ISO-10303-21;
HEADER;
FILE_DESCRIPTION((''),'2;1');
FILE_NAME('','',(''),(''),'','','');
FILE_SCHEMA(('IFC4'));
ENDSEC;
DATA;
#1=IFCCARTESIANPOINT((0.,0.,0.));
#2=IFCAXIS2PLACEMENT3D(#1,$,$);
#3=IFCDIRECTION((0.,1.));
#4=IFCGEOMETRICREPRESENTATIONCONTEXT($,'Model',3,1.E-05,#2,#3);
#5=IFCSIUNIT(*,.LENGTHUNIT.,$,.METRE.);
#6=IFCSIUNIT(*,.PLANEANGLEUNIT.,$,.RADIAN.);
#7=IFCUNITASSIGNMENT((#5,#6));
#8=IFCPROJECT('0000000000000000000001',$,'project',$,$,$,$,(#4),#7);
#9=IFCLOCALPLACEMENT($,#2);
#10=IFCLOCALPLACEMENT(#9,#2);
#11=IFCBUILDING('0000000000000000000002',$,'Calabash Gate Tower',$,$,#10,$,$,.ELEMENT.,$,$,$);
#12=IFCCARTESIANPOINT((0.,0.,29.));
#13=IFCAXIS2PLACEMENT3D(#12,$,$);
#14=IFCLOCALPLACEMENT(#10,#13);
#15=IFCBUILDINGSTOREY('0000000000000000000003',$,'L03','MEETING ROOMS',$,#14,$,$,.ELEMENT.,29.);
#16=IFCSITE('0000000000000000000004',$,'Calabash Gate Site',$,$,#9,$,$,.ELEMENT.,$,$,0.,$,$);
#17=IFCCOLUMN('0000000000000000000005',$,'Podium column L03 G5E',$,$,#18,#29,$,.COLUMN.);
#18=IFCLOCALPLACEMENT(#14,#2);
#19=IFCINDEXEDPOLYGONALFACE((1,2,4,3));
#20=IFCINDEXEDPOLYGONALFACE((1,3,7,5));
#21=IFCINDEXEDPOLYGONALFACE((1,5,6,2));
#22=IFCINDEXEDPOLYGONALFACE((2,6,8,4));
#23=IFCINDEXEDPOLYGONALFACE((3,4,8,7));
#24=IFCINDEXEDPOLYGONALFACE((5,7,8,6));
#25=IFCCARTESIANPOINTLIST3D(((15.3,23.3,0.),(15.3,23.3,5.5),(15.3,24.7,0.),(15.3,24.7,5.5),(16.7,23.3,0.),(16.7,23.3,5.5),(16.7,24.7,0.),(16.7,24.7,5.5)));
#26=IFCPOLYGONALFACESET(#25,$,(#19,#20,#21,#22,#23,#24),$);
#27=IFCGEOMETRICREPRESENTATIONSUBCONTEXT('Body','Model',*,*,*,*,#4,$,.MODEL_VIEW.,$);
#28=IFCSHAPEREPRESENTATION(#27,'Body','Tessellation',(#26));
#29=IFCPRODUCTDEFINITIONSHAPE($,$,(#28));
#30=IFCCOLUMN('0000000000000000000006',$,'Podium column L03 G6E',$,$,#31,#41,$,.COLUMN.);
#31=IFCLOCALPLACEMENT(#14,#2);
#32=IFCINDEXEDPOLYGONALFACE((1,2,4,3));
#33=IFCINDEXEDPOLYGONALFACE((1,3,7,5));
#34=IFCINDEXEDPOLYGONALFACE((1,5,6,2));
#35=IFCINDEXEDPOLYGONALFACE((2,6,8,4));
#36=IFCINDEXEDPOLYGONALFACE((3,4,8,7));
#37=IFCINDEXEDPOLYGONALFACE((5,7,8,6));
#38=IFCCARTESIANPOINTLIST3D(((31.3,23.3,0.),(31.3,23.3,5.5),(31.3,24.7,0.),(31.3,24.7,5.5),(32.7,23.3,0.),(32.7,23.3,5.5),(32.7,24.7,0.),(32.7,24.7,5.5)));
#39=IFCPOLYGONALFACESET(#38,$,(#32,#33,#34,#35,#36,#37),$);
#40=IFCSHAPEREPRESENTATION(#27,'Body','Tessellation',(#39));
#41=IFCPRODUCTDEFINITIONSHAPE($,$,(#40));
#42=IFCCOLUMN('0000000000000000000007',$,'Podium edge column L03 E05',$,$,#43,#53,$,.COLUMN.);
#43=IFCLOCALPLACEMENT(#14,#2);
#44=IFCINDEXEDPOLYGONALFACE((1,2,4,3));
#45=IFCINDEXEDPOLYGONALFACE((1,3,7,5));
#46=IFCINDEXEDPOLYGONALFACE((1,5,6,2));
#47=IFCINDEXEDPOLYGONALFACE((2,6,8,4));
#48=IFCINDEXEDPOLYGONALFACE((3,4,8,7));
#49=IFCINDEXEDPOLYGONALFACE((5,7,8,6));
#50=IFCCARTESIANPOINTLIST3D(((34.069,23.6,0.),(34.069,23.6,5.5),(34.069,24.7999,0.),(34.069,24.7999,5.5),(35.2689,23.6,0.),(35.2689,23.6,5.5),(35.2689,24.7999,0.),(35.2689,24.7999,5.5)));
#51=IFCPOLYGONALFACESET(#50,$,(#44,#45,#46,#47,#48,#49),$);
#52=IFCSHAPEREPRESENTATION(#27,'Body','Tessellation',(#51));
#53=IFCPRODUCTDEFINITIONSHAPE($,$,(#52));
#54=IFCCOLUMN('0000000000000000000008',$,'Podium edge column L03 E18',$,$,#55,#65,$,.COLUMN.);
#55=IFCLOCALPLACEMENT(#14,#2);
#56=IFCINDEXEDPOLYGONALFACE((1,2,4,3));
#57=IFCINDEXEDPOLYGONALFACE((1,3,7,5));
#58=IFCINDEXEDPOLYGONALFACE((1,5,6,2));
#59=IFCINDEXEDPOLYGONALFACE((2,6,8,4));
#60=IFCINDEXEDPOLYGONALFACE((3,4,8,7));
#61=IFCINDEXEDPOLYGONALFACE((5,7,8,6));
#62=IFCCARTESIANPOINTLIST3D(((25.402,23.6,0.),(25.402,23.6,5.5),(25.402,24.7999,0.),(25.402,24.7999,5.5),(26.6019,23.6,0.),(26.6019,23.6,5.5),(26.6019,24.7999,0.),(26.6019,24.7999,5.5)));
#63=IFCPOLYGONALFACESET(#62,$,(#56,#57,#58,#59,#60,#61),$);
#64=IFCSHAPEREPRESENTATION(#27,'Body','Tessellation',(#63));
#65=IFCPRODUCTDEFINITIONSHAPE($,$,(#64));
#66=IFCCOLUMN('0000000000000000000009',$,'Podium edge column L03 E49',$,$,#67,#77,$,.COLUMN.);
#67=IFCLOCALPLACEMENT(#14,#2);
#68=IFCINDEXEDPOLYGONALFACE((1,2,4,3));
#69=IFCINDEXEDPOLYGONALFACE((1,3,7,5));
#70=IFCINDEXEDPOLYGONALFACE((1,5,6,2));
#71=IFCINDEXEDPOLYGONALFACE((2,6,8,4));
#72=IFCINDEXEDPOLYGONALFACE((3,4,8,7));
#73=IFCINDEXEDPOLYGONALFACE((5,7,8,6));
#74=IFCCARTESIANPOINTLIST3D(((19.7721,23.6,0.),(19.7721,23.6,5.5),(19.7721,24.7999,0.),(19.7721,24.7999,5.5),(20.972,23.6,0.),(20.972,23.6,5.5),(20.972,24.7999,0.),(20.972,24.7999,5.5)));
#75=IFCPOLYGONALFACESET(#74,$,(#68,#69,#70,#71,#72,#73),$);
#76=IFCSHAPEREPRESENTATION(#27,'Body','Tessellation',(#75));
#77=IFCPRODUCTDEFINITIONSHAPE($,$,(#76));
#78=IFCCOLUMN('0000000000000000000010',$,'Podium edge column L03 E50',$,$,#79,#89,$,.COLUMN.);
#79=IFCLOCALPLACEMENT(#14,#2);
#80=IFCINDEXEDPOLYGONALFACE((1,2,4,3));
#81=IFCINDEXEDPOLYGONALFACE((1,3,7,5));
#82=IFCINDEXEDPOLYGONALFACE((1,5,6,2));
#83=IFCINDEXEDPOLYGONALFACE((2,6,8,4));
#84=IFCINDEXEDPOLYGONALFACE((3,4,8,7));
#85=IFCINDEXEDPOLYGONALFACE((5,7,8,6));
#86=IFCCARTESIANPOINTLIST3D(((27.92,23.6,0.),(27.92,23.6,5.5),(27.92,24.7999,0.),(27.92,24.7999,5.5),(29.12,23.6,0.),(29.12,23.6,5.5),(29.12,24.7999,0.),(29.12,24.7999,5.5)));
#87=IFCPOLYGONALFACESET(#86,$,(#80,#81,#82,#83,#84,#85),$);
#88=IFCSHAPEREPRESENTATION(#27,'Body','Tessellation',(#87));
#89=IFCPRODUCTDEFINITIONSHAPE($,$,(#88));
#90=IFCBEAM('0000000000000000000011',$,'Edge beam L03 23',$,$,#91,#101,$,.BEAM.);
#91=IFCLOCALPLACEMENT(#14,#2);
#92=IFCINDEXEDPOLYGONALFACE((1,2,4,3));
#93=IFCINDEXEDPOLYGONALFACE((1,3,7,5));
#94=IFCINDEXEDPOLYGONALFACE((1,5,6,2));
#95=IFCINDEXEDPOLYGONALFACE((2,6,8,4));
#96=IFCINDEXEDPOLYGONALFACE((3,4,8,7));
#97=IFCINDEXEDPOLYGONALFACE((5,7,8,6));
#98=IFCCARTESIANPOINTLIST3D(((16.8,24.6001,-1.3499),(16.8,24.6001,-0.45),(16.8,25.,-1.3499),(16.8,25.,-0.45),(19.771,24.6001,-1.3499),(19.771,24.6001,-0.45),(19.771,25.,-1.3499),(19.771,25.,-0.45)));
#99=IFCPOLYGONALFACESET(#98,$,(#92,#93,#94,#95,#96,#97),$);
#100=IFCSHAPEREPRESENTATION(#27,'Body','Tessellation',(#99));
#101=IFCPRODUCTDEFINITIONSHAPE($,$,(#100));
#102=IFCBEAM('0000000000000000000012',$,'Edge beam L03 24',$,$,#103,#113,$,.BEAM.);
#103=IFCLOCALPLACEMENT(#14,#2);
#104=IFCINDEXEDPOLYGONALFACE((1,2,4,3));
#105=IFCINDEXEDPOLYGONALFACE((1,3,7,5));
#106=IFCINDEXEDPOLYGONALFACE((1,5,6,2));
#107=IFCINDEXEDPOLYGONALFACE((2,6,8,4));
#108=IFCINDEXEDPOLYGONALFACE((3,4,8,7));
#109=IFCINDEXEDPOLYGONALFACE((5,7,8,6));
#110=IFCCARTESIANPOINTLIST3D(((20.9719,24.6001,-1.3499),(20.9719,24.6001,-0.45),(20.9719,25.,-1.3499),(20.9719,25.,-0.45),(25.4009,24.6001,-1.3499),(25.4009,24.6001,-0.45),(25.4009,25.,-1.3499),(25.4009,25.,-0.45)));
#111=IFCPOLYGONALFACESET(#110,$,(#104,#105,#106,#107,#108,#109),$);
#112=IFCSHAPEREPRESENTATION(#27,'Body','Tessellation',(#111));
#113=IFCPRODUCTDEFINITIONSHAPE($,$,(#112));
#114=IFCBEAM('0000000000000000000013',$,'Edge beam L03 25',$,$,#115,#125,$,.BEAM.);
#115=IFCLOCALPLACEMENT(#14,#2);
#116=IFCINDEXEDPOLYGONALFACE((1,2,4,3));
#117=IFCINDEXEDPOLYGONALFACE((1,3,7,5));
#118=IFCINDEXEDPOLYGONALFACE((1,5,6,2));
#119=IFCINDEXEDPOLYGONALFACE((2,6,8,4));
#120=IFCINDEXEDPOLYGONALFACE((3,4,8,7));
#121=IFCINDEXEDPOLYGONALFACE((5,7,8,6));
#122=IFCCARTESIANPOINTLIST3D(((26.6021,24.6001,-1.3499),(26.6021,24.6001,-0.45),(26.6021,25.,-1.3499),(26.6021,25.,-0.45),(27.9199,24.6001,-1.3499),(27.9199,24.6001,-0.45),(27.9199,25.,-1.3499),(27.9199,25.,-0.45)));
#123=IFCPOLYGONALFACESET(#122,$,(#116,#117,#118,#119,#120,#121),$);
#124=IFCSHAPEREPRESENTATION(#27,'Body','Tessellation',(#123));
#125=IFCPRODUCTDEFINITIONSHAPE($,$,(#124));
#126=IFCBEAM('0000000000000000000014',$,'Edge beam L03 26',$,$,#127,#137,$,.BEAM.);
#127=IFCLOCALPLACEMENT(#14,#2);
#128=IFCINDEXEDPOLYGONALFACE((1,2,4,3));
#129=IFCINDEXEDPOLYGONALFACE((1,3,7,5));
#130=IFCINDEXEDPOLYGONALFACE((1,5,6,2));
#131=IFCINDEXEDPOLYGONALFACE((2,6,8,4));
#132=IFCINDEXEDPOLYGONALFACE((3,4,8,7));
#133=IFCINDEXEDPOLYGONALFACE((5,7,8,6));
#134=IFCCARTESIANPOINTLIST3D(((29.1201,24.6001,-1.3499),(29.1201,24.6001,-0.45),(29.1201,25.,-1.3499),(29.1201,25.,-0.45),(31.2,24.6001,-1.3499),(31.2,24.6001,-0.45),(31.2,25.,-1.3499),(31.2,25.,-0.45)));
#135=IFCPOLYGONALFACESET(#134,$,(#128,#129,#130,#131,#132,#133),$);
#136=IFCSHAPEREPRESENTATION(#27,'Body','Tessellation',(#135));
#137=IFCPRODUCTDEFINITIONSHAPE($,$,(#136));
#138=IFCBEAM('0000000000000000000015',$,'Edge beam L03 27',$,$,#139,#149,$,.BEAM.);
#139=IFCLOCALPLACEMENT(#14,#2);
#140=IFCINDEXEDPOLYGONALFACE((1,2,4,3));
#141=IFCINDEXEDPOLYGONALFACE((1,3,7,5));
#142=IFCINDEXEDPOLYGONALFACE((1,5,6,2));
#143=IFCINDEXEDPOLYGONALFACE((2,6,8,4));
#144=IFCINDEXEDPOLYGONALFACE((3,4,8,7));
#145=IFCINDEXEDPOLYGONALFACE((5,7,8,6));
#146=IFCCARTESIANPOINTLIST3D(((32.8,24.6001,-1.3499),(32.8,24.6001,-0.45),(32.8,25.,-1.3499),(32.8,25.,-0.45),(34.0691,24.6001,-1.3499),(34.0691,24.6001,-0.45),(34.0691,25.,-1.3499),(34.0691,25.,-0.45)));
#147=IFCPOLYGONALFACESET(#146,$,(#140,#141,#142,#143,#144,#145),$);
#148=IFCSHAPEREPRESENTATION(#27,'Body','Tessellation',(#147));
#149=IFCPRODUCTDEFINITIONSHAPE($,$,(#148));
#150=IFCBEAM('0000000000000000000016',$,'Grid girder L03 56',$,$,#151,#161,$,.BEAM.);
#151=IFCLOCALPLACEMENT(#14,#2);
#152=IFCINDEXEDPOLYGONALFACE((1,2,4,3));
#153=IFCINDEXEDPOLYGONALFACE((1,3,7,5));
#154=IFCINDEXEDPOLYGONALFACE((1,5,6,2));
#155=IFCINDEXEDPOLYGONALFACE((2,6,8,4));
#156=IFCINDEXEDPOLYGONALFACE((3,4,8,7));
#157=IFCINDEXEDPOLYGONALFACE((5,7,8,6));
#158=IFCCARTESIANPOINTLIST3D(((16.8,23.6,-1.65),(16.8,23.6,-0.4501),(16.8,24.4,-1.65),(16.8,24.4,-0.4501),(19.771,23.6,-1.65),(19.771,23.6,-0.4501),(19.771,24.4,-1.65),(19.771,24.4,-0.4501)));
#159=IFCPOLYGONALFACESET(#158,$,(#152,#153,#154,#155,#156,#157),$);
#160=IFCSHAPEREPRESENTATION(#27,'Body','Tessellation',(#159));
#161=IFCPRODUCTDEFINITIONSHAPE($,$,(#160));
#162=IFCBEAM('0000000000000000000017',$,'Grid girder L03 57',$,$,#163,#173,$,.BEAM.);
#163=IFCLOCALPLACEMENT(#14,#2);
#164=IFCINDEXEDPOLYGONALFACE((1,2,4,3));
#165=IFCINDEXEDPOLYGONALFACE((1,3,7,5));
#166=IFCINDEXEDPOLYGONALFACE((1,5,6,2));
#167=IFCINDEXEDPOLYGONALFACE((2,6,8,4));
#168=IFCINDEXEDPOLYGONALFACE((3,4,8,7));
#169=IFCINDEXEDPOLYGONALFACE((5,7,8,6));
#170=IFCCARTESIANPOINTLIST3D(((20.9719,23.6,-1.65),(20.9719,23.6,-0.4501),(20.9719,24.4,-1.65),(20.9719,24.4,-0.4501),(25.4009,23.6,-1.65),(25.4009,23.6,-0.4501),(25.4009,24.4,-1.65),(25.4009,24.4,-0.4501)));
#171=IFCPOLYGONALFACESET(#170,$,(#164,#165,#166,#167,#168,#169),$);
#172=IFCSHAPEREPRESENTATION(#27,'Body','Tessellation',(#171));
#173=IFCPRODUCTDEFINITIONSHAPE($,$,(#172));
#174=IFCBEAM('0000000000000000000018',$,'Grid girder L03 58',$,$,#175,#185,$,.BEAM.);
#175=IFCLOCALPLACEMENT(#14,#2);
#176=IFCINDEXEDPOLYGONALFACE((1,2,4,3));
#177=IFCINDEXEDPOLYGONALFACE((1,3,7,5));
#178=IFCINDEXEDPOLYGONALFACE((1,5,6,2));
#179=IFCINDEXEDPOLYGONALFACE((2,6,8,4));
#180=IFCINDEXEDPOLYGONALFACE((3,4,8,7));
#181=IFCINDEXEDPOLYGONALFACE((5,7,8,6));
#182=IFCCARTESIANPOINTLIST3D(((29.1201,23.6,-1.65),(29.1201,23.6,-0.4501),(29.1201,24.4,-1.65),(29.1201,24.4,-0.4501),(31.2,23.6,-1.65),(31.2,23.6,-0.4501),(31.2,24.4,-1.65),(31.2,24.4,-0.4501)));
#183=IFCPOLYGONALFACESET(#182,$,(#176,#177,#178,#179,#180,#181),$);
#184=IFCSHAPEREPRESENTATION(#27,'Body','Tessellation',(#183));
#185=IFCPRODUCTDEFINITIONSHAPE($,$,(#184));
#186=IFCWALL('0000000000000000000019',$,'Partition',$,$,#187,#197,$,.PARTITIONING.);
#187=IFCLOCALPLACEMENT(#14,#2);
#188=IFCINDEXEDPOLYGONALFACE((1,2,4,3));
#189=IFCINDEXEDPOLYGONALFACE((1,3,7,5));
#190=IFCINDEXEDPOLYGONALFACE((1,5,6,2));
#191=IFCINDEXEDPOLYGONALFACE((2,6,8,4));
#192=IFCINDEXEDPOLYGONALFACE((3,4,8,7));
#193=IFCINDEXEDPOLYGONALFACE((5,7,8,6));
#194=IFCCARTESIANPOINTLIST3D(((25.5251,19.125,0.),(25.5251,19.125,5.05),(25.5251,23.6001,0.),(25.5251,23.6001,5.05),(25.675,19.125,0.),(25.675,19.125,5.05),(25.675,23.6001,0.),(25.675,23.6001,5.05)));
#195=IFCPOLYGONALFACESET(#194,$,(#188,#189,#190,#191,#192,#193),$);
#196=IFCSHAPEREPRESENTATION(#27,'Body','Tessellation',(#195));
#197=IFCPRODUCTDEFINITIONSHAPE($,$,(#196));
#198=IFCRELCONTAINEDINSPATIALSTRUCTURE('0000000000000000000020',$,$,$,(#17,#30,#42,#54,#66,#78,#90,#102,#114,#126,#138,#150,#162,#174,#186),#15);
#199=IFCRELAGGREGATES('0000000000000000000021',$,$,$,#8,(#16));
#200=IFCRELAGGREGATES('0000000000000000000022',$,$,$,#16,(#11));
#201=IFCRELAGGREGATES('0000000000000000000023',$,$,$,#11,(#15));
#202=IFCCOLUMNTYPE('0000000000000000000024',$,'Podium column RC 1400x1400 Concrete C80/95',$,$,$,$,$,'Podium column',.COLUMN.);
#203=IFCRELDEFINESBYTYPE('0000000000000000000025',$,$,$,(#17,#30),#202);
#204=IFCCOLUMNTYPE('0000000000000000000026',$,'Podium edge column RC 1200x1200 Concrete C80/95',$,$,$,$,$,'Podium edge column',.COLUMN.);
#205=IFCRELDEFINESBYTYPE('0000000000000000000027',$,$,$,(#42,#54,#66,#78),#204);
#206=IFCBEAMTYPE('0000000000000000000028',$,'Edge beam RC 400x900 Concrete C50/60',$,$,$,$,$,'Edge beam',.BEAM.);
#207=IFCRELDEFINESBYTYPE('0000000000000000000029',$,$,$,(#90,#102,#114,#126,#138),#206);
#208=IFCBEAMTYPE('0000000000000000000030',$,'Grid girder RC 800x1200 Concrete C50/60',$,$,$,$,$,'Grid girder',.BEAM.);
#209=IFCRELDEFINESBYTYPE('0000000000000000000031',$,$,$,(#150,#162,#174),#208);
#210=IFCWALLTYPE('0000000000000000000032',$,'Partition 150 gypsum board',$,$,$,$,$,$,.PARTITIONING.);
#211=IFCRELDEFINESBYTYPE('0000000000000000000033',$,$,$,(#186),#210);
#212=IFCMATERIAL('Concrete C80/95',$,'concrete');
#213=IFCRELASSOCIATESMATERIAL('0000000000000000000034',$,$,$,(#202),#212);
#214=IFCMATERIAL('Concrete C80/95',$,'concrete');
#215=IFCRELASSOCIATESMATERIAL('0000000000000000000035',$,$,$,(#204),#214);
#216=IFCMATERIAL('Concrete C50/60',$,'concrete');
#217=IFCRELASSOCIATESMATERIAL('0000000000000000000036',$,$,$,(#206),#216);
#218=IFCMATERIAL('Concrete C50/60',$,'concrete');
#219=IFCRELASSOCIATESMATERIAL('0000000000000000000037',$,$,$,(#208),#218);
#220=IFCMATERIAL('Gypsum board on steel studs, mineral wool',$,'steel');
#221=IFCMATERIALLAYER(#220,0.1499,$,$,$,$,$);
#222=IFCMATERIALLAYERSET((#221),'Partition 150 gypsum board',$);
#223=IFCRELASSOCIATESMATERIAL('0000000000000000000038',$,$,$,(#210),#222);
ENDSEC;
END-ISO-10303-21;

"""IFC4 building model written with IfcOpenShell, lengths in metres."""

from ifc_helpers import new_model, si_unit, direction, frame, frame_2d, origin, origin_2d, place, context, subcontext, project, spatial, rectangle, extrude, material, layer, layer_set, material_profile, profile_set, type_object, element, save


model = new_model("IFC4")

# Units and contexts
model_context = context("Model", 3, precision=1e-05, world=origin(), true_north=direction((0.0, 1.0)))
body_context = subcontext(model_context, "Body", "Model", "MODEL_VIEW")
ifc_project = project(units=[si_unit("LENGTHUNIT", "METRE"), si_unit("PLANEANGLEUNIT", "RADIAN")], contexts=[model_context])

# Site, building, storey
site_placement = place(None, origin())
site = spatial("IfcSite", under=ifc_project, at=site_placement, Name="Calabash Gate Site", CompositionType="ELEMENT", RefElevation=0.0)
building_placement = place(site_placement, origin())
building = spatial("IfcBuilding", under=site, at=building_placement, Name="Calabash Gate Tower", CompositionType="ELEMENT")
storey_placement = place(building_placement, frame((0.0, 0.0, 29.0)))
storey = spatial("IfcBuildingStorey", under=building, at=storey_placement, Name="L03", Description="MEETING ROOMS", CompositionType="ELEMENT", Elevation=29.0)

# Columns
ifc_material_1 = material(Name="Concrete C80/95", Category="concrete")
ifc_material_profile_1 = material_profile(ifc_material_1, rectangle(XDim=1.3999, YDim=1.3999, at=origin_2d()))
ifc_profile_set_1 = profile_set([ifc_material_profile_1], Name="Concrete C80/95")
column_type_1 = type_object("IfcColumnType", Name="Podium column RC 1400x1400 Concrete C80/95", ElementType="Podium column", PredefinedType="COLUMN", material=ifc_profile_set_1)
for number, where, z_axis, x_axis, name in (
    (1, (16.0, 24.0, 0.0), (0.0, 0.0, 1.0), (1.0, 0.0, 0.0), "Podium column L03 G5E"),
    (2, (32.0, 24.0, 0.0), (0.0, 0.0, 1.0), (1.0, 0.0, 0.0), "Podium column L03 G6E"),
):
    element("IfcColumn", number, at=place(storey_placement, frame(where, z_axis=z_axis, x_axis=x_axis)), inside=storey, type_object=column_type_1, Name=name, PredefinedType="COLUMN", context=body_context, shape_type="SweptSolid", body=[
        extrude(rectangle(XDim=1.3999, YDim=1.3999, at=origin_2d()), origin(), (0.0, 0.0, 1.0), 5.5),
    ])
ifc_material_2 = material(Name="Concrete C80/95", Category="concrete")
ifc_material_profile_2 = material_profile(ifc_material_2, rectangle(XDim=1.2, YDim=1.2, at=origin_2d()))
ifc_profile_set_2 = profile_set([ifc_material_profile_2], Name="Concrete C80/95")
column_type_2 = type_object("IfcColumnType", Name="Podium edge column RC 1200x1200 Concrete C80/95", ElementType="Podium edge column", PredefinedType="COLUMN", material=ifc_profile_set_2)
for number, where, z_axis, x_axis, name in (
    (3, (34.6689, 24.2, 0.0), (0.0, 0.0, 1.0), (1.0, 0.0, 0.0), "Podium edge column L03 E05"),
    (4, (26.002, 24.2, 0.0), (0.0, 0.0, 1.0), (1.0, 0.0, 0.0), "Podium edge column L03 E18"),
    (5, (20.3721, 24.2, 0.0), (0.0, 0.0, 1.0), (1.0, 0.0, 0.0), "Podium edge column L03 E49"),
    (6, (28.52, 24.2, 0.0), (0.0, 0.0, 1.0), (1.0, 0.0, 0.0), "Podium edge column L03 E50"),
):
    element("IfcColumn", number, at=place(storey_placement, frame(where, z_axis=z_axis, x_axis=x_axis)), inside=storey, type_object=column_type_2, Name=name, PredefinedType="COLUMN", context=body_context, shape_type="SweptSolid", body=[
        extrude(rectangle(XDim=1.2, YDim=1.2, at=origin_2d()), origin(), (0.0, 0.0, 1.0), 5.5),
    ])

# Beams
ifc_material_3 = material(Name="Concrete C50/60", Category="concrete")
ifc_material_profile_3 = material_profile(ifc_material_3, rectangle(XDim=0.3999, YDim=0.8999, at=origin_2d()))
ifc_profile_set_3 = profile_set([ifc_material_profile_3], Name="Concrete C50/60")
beam_type_1 = type_object("IfcBeamType", Name="Edge beam RC 400x900 Concrete C50/60", ElementType="Edge beam", PredefinedType="BEAM", material=ifc_profile_set_3)
beam_1_placement = place(storey_placement, frame((16.8, 24.8, -0.8999), z_axis=(1.0, 0.0, 0.0), x_axis=(0.0, 1.0, 0.0)))
element("IfcBeam", 7, at=beam_1_placement, inside=storey, type_object=beam_type_1, Name="Edge beam L03 23", PredefinedType="BEAM", context=body_context, shape_type="SweptSolid", body=[
    extrude(rectangle(XDim=0.3999, YDim=0.8999, at=origin_2d()), origin(), (0.0, 0.0, 1.0), 2.9709),
])
beam_2_placement = place(storey_placement, frame((20.9719, 24.8, -0.8999), z_axis=(1.0, 0.0, 0.0), x_axis=(0.0, 1.0, 0.0)))
element("IfcBeam", 8, at=beam_2_placement, inside=storey, type_object=beam_type_1, Name="Edge beam L03 24", PredefinedType="BEAM", context=body_context, shape_type="SweptSolid", body=[
    extrude(rectangle(XDim=0.3999, YDim=0.8999, at=origin_2d()), origin(), (0.0, 0.0, 1.0), 4.429),
])
beam_3_placement = place(storey_placement, frame((26.6021, 24.8, -0.8999), z_axis=(1.0, 0.0, 0.0), x_axis=(0.0, 1.0, 0.0)))
element("IfcBeam", 9, at=beam_3_placement, inside=storey, type_object=beam_type_1, Name="Edge beam L03 25", PredefinedType="BEAM", context=body_context, shape_type="SweptSolid", body=[
    extrude(rectangle(XDim=0.3999, YDim=0.8999, at=origin_2d()), origin(), (0.0, 0.0, 1.0), 1.3179),
])
beam_4_placement = place(storey_placement, frame((29.1201, 24.8, -0.8999), z_axis=(1.0, 0.0, 0.0), x_axis=(0.0, 1.0, 0.0)))
element("IfcBeam", 10, at=beam_4_placement, inside=storey, type_object=beam_type_1, Name="Edge beam L03 26", PredefinedType="BEAM", context=body_context, shape_type="SweptSolid", body=[
    extrude(rectangle(XDim=0.3999, YDim=0.8999, at=origin_2d()), origin(), (0.0, 0.0, 1.0), 2.0798),
])
beam_5_placement = place(storey_placement, frame((32.8, 24.8, -0.8999), z_axis=(1.0, 0.0, 0.0), x_axis=(0.0, 1.0, 0.0)))
element("IfcBeam", 11, at=beam_5_placement, inside=storey, type_object=beam_type_1, Name="Edge beam L03 27", PredefinedType="BEAM", context=body_context, shape_type="SweptSolid", body=[
    extrude(rectangle(XDim=0.3999, YDim=0.8999, at=origin_2d()), origin(), (0.0, 0.0, 1.0), 1.269),
])
ifc_material_4 = material(Name="Concrete C50/60", Category="concrete")
ifc_material_profile_4 = material_profile(ifc_material_4, rectangle(XDim=0.8, YDim=1.2, at=origin_2d()))
ifc_profile_set_4 = profile_set([ifc_material_profile_4], Name="Concrete C50/60")
beam_type_2 = type_object("IfcBeamType", Name="Grid girder RC 800x1200 Concrete C50/60", ElementType="Grid girder", PredefinedType="BEAM", material=ifc_profile_set_4)
beam_6_placement = place(storey_placement, frame((16.8, 24.0, -1.05), z_axis=(1.0, 0.0, 0.0), x_axis=(0.0, 1.0, 0.0)))
element("IfcBeam", 12, at=beam_6_placement, inside=storey, type_object=beam_type_2, Name="Grid girder L03 56", PredefinedType="BEAM", context=body_context, shape_type="SweptSolid", body=[
    extrude(rectangle(XDim=0.8, YDim=1.2, at=origin_2d()), origin(), (0.0, 0.0, 1.0), 2.9709),
])
beam_7_placement = place(storey_placement, frame((20.9719, 24.0, -1.05), z_axis=(1.0, 0.0, 0.0), x_axis=(0.0, 1.0, 0.0)))
element("IfcBeam", 13, at=beam_7_placement, inside=storey, type_object=beam_type_2, Name="Grid girder L03 57", PredefinedType="BEAM", context=body_context, shape_type="SweptSolid", body=[
    extrude(rectangle(XDim=0.8, YDim=1.2, at=origin_2d()), origin(), (0.0, 0.0, 1.0), 4.429),
])
beam_8_placement = place(storey_placement, frame((29.1201, 24.0, -1.05), z_axis=(1.0, 0.0, 0.0), x_axis=(0.0, 1.0, 0.0)))
element("IfcBeam", 14, at=beam_8_placement, inside=storey, type_object=beam_type_2, Name="Grid girder L03 58", PredefinedType="BEAM", context=body_context, shape_type="SweptSolid", body=[
    extrude(rectangle(XDim=0.8, YDim=1.2, at=origin_2d()), origin(), (0.0, 0.0, 1.0), 2.0798),
])

# Wall
ifc_material_5 = material(Name="Gypsum board on steel studs, mineral wool", Category="steel")
ifc_layer_1 = layer(ifc_material_5, 0.1499)
ifc_layer_set_1 = layer_set([ifc_layer_1], Name="Partition 150 gypsum board")
wall_type_1 = type_object("IfcWallType", Name="Partition 150 gypsum board", PredefinedType="PARTITIONING", material=ifc_layer_set_1)
wall_1_placement = place(storey_placement, frame((25.6001, 19.125, 0.0), z_axis=(0.0, 0.0, 1.0), x_axis=(0.0, 1.0, 0.0)))
element("IfcWall", 15, at=wall_1_placement, inside=storey, type_object=wall_type_1, Name="Partition", PredefinedType="PARTITIONING", context=body_context, shape_type="SweptSolid", body=[
    extrude(rectangle(XDim=4.4751, YDim=0.1499, at=frame_2d((2.2375, 0.0))), origin(), (0.0, 0.0, 1.0), 5.05),
])

save(model, "model.ifc")
